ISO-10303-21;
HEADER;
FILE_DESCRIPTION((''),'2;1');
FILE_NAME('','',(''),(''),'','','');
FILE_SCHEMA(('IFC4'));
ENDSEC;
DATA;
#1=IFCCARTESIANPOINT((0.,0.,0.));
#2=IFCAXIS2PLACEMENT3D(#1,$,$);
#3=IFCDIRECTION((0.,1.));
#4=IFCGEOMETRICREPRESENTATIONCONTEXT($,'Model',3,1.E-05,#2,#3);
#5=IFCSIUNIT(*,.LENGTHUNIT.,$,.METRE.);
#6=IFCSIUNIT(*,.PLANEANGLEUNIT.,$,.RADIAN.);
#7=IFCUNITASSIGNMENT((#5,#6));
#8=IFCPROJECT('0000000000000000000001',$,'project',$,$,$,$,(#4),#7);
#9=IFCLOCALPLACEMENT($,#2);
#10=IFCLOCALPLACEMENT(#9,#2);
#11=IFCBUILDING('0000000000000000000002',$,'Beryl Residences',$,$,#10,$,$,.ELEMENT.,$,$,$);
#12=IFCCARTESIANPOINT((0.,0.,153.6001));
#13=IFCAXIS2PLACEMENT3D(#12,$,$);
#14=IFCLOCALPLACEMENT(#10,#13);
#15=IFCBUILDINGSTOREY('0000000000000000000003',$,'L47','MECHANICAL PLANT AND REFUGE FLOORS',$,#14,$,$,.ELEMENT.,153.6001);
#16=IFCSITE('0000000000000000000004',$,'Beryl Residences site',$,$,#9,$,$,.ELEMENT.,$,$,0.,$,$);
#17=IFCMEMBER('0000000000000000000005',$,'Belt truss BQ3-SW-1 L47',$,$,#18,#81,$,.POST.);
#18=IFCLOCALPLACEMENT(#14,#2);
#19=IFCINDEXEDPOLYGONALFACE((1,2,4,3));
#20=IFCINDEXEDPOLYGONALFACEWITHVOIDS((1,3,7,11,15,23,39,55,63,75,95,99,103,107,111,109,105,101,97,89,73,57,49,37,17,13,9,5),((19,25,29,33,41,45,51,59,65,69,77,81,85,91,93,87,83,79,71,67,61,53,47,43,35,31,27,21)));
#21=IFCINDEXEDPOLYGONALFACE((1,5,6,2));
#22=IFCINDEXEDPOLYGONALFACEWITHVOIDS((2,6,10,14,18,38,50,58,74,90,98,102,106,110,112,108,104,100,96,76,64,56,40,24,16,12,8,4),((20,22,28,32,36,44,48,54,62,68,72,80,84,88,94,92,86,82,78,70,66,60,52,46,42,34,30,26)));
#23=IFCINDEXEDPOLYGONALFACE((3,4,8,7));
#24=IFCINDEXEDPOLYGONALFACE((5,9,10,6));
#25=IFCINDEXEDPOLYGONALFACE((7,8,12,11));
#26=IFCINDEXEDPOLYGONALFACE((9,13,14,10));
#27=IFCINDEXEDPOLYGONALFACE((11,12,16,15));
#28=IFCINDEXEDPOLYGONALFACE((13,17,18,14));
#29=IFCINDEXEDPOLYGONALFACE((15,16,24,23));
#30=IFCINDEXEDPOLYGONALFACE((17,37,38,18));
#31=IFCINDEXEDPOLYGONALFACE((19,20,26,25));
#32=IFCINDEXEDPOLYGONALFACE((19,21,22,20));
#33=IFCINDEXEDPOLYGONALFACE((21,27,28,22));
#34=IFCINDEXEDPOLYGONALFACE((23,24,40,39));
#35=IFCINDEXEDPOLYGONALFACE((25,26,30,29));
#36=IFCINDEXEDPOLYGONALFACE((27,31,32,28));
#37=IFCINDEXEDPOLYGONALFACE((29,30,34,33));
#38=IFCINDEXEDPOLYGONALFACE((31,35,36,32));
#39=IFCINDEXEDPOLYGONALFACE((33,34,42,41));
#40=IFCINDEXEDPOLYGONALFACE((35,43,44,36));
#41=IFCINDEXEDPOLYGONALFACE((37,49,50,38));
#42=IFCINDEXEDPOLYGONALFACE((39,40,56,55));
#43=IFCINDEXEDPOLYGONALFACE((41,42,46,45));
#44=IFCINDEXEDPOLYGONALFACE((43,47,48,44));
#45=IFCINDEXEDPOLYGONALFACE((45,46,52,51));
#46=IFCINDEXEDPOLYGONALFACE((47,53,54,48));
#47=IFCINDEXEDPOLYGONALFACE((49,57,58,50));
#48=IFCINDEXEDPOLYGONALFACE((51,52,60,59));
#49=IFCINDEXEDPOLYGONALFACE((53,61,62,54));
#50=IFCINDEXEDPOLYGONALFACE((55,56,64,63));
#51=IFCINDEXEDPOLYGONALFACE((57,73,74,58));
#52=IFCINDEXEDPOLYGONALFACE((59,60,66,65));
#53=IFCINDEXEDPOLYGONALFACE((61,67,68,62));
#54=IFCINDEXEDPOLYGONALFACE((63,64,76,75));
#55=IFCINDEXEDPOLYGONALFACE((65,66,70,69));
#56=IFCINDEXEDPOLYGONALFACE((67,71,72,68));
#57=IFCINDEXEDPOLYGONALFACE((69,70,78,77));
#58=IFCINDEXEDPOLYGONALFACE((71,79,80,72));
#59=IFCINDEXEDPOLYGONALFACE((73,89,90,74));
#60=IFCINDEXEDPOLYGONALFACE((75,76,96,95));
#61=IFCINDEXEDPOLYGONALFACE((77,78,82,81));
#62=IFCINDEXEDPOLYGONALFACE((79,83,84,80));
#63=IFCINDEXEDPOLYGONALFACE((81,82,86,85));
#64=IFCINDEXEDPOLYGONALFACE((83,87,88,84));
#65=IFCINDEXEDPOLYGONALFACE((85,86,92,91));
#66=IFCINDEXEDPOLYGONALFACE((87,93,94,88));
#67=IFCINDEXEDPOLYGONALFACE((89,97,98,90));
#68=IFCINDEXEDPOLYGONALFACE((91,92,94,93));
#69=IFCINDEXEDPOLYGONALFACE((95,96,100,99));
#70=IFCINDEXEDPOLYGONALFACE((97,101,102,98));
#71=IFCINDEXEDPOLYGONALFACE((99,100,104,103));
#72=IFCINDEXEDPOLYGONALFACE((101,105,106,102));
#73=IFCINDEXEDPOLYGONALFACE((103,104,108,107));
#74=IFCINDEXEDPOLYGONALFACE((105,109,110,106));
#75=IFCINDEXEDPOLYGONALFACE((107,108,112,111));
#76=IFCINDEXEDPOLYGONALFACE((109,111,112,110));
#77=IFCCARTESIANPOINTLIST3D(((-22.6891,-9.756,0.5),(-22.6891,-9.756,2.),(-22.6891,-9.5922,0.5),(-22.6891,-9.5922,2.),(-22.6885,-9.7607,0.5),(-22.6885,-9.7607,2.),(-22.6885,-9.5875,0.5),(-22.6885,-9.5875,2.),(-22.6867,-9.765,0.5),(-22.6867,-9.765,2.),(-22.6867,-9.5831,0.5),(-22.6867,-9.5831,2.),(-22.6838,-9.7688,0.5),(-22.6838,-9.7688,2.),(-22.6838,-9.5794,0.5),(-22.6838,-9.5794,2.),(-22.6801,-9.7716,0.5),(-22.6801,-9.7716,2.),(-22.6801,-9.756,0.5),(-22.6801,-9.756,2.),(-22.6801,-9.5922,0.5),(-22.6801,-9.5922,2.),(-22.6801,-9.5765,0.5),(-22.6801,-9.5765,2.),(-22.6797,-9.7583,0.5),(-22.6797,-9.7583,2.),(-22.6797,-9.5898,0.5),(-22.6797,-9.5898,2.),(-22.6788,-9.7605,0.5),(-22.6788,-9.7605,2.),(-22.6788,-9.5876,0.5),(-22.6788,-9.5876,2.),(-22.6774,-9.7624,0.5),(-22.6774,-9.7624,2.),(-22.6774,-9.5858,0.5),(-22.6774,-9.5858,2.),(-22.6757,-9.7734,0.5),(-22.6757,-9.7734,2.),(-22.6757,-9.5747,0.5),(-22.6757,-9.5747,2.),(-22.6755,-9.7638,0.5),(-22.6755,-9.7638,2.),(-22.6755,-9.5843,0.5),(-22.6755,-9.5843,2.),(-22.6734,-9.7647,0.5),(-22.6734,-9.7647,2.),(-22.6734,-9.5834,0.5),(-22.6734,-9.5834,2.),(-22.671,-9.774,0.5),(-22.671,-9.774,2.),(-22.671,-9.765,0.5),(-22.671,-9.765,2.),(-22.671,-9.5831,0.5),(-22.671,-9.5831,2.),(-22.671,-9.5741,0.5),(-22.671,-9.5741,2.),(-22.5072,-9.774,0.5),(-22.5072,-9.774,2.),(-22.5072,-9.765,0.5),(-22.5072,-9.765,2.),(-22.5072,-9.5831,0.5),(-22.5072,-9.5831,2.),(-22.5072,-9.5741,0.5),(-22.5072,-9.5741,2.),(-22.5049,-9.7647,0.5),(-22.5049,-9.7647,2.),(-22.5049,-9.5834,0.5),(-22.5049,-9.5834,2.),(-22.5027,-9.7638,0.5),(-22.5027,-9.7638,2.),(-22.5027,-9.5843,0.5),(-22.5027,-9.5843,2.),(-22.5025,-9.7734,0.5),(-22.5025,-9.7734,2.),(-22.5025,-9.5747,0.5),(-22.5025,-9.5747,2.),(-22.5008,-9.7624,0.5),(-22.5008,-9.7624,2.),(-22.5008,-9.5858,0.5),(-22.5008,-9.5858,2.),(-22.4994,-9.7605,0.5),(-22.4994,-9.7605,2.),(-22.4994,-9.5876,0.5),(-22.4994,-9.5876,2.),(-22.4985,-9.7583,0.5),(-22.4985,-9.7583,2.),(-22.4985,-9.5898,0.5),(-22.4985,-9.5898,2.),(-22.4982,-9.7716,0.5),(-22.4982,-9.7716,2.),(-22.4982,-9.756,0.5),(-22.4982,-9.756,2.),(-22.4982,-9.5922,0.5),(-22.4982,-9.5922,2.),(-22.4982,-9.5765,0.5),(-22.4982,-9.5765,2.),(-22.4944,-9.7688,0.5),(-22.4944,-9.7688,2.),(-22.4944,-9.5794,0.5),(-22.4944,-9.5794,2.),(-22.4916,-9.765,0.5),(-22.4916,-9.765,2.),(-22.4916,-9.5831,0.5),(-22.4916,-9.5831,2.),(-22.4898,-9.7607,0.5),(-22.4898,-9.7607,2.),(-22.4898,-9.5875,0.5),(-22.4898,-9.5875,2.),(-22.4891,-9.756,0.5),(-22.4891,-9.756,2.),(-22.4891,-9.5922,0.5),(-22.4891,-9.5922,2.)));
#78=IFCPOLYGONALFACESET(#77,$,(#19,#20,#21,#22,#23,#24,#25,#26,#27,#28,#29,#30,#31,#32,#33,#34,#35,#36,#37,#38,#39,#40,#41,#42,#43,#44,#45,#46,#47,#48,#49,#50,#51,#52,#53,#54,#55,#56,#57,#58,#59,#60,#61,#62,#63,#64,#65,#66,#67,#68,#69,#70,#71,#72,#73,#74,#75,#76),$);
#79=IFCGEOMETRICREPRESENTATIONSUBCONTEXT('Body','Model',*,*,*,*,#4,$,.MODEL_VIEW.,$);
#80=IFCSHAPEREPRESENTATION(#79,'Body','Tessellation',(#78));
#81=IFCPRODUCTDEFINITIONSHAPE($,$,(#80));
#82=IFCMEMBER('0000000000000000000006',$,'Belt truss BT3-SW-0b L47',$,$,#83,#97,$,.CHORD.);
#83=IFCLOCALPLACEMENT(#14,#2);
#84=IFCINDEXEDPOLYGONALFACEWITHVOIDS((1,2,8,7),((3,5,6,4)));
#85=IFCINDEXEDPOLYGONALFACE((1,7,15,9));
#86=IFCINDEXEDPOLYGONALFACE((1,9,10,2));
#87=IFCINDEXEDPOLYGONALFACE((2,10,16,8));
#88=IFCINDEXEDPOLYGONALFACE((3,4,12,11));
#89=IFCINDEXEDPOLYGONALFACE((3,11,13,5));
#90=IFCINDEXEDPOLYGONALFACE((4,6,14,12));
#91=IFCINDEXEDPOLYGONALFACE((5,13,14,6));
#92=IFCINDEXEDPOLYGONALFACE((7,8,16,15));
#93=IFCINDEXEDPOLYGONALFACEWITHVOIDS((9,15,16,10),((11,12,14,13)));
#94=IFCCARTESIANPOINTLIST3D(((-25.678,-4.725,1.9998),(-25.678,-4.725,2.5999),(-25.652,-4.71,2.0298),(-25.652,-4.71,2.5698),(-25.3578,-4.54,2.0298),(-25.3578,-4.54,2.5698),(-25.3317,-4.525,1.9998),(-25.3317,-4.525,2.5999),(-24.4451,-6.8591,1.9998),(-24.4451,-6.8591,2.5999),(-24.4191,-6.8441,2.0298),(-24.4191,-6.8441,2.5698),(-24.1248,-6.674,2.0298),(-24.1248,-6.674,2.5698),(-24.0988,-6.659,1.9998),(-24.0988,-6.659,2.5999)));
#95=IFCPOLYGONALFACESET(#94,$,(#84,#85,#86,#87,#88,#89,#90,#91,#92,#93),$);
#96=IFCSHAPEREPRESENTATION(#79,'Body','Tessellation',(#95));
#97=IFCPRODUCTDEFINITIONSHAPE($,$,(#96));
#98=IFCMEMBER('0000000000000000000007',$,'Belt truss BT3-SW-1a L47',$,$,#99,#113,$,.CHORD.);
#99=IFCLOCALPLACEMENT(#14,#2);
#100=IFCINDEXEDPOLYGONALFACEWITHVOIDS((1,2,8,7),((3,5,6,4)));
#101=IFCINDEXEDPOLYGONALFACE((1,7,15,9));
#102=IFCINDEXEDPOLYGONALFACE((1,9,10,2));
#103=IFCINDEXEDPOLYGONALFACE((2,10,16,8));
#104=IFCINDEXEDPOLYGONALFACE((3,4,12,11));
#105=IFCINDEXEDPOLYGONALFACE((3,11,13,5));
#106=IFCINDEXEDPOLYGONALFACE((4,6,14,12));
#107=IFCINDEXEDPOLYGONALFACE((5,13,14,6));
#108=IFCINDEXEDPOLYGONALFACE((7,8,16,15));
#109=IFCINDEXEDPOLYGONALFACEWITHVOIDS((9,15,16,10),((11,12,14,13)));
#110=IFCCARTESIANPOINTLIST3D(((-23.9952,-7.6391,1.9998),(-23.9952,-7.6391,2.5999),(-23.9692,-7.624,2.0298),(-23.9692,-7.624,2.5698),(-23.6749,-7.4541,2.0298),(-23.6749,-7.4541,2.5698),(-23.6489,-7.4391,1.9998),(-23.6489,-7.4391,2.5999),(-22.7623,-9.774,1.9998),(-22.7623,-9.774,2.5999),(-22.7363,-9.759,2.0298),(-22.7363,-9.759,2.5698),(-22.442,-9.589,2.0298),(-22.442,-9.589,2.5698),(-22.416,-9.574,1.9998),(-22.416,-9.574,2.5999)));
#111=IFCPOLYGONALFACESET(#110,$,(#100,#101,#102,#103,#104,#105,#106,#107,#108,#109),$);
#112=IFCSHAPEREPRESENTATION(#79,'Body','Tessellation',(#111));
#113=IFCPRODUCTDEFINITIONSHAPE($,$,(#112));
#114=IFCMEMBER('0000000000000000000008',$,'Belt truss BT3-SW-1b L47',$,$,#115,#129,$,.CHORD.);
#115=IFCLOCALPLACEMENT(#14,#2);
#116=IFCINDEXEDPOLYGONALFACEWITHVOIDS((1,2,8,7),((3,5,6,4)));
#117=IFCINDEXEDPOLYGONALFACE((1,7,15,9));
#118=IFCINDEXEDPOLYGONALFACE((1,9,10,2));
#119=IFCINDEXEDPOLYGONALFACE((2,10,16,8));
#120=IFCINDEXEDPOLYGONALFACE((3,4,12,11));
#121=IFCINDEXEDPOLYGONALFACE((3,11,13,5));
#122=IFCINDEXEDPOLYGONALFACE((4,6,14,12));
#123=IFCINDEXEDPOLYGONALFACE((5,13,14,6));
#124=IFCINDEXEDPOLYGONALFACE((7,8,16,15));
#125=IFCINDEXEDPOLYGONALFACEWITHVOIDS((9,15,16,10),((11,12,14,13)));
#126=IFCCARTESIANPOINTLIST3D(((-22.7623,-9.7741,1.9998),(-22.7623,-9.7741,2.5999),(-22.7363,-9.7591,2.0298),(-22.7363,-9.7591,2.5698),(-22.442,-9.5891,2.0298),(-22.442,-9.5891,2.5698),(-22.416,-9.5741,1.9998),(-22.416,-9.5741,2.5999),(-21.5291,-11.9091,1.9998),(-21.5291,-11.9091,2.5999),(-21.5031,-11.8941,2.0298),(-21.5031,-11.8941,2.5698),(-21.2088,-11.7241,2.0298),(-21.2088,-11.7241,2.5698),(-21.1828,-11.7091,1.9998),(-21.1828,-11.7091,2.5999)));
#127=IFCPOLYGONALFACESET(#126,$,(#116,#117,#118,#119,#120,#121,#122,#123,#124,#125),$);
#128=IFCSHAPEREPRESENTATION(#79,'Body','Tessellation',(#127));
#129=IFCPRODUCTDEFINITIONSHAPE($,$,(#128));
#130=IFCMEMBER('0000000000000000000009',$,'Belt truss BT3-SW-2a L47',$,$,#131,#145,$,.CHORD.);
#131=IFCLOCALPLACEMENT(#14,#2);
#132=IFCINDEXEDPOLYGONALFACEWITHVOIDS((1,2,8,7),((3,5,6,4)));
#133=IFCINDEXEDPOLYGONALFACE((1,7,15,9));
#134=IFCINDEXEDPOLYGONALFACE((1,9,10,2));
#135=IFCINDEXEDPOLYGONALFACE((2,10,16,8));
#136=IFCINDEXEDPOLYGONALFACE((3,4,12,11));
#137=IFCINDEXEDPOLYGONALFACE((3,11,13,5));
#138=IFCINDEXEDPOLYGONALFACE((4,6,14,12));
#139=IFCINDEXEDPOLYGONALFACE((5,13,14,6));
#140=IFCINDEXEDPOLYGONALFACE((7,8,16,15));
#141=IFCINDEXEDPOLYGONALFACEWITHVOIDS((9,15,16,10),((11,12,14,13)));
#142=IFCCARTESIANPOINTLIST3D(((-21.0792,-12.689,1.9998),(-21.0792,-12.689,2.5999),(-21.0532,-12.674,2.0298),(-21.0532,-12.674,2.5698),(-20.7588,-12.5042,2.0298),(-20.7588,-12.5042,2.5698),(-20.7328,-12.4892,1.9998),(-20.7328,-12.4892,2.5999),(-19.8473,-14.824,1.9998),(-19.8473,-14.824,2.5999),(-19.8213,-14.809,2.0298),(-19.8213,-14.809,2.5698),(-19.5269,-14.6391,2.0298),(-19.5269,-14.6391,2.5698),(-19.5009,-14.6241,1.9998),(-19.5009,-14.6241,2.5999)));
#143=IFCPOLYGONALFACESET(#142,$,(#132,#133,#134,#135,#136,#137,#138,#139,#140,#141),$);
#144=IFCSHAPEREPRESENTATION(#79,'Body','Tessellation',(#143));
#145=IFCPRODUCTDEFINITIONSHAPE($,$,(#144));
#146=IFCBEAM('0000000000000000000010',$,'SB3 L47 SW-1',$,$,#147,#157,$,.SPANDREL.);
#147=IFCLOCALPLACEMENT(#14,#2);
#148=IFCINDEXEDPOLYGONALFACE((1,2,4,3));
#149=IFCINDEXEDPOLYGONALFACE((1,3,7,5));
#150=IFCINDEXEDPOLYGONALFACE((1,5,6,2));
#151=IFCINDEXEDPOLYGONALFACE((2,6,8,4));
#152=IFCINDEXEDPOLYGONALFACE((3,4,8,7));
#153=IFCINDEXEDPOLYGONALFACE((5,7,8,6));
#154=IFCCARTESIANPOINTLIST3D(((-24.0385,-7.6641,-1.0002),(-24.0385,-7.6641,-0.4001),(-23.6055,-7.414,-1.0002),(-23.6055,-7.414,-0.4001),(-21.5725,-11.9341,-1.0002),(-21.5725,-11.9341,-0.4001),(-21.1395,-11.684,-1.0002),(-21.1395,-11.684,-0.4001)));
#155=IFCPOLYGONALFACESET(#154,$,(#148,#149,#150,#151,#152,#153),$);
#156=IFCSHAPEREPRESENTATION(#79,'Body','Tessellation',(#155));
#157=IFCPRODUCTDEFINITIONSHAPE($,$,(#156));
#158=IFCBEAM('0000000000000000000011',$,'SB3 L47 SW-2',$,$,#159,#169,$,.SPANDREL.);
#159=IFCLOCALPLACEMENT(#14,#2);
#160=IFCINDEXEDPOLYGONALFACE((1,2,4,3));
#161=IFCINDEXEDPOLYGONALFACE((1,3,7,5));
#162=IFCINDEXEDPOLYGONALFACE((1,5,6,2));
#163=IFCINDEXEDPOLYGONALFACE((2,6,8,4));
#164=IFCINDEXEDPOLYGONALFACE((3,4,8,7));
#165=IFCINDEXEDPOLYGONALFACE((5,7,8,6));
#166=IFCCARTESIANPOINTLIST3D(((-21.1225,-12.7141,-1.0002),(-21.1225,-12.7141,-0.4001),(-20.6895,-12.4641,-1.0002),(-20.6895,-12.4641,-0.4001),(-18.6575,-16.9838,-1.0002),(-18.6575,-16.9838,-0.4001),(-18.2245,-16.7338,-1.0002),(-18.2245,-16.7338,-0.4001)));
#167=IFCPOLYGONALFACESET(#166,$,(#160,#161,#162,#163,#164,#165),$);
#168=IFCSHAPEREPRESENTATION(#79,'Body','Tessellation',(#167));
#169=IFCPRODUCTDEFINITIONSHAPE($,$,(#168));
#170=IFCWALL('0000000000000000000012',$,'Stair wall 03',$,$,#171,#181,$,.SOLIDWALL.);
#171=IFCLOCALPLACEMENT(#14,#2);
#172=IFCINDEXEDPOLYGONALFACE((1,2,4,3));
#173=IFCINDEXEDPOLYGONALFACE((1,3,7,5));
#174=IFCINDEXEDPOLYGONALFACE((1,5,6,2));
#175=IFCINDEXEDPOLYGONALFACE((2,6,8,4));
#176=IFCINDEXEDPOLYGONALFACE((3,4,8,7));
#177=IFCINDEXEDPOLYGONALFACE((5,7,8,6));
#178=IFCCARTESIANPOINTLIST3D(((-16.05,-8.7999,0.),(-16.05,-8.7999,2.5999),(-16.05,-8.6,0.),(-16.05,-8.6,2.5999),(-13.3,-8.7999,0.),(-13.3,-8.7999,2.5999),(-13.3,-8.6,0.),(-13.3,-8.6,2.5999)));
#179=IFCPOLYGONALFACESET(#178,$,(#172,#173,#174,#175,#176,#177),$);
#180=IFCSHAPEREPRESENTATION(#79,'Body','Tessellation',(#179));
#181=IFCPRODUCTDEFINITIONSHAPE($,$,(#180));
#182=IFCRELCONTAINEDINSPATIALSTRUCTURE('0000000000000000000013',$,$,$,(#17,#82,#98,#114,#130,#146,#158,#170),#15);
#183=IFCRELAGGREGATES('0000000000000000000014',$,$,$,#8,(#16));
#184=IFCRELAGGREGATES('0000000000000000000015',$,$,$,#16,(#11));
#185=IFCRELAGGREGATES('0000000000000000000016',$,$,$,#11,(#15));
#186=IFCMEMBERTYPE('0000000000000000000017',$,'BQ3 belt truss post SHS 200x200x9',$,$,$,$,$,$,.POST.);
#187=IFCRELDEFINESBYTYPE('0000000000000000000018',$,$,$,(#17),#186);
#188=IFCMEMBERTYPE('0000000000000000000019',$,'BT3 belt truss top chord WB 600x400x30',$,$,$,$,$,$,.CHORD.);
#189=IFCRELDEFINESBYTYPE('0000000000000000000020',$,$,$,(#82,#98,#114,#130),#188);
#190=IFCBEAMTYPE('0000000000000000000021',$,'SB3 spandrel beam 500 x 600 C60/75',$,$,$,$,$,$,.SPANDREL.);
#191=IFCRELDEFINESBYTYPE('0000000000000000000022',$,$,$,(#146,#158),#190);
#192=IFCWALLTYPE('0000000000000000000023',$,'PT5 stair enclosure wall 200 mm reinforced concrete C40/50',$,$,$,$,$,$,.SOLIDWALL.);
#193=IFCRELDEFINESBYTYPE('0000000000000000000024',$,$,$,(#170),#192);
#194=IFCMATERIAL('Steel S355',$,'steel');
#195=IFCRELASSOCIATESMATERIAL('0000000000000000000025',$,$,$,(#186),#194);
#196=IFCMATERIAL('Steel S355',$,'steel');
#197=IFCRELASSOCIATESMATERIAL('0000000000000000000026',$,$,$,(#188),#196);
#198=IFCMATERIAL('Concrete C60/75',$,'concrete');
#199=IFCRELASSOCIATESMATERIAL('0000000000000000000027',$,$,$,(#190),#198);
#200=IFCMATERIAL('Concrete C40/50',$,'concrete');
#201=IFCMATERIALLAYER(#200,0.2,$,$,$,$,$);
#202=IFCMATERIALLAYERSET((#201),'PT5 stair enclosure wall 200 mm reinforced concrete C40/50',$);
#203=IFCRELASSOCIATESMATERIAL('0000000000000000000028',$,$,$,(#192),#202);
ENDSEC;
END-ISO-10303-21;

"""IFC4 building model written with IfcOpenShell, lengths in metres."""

from ifc_helpers import new_model, si_unit, direction, frame, frame_2d, origin, origin_2d, place, context, subcontext, project, spatial, rectangle, hollow_rectangle, extrude, material, layer, layer_set, material_profile, profile_set, type_object, element, save


model = new_model("IFC4")

# Units and contexts
model_context = context("Model", 3, precision=1e-05, world=origin(), true_north=direction((0.0, 1.0)))
body_context = subcontext(model_context, "Body", "Model", "MODEL_VIEW")
ifc_project = project(units=[si_unit("LENGTHUNIT", "METRE"), si_unit("PLANEANGLEUNIT", "RADIAN")], contexts=[model_context])

# Site, building, storey
site_placement = place(None, origin())
site = spatial("IfcSite", under=ifc_project, at=site_placement, Name="Beryl Residences site", CompositionType="ELEMENT", RefElevation=0.0)
building_placement = place(site_placement, origin())
building = spatial("IfcBuilding", under=site, at=building_placement, Name="Beryl Residences", CompositionType="ELEMENT")
storey_placement = place(building_placement, frame((0.0, 0.0, 153.6001)))
storey = spatial("IfcBuildingStorey", under=building, at=storey_placement, Name="L47", Description="MECHANICAL PLANT AND REFUGE FLOORS", CompositionType="ELEMENT", Elevation=153.6001)

# Members
ifc_material_1 = material(Name="Steel S355", Category="steel")
ifc_material_profile_1 = material_profile(ifc_material_1, hollow_rectangle(XDim=0.2, YDim=0.2, WallThickness=0.009, InnerFilletRadius=0.009, OuterFilletRadius=0.0181, at=origin_2d()))
ifc_profile_set_1 = profile_set([ifc_material_profile_1], Name="Steel S355")
member_type_1 = type_object("IfcMemberType", Name="BQ3 belt truss post SHS 200x200x9", PredefinedType="POST", material=ifc_profile_set_1)
for number, where, z_axis, x_axis, name in (
    (1, (-22.5891, -9.6741, 0.5), (0.0, 0.0, 1.0), (1.0, 0.0, 0.0), "Belt truss BQ3-SW-1 L47"),
):
    element("IfcMember", number, at=place(storey_placement, frame(where, z_axis=z_axis, x_axis=x_axis)), inside=storey, type_object=member_type_1, Name=name, PredefinedType="POST", context=body_context, shape_type="SweptSolid", body=[
        extrude(hollow_rectangle(XDim=0.2, YDim=0.2, WallThickness=0.009, InnerFilletRadius=0.009, OuterFilletRadius=0.0181, at=origin_2d()), origin(), (0.0, 0.0, 1.0), 1.5),
    ])
ifc_material_2 = material(Name="Steel S355", Category="steel")
ifc_material_profile_2 = material_profile(ifc_material_2, hollow_rectangle(XDim=0.3999, YDim=0.6001, WallThickness=0.03, at=origin_2d()))
ifc_profile_set_2 = profile_set([ifc_material_profile_2], Name="Steel S355")
member_type_2 = type_object("IfcMemberType", Name="BT3 belt truss top chord WB 600x400x30", PredefinedType="CHORD", material=ifc_profile_set_2)
member_1_placement = place(storey_placement, frame((-25.5049, -4.625, 2.2998), z_axis=(0.500251, -0.86588, 0.0), x_axis=(0.86588, 0.500251, 0.0)))
element("IfcMember", 2, at=member_1_placement, inside=storey, type_object=member_type_2, Name="Belt truss BT3-SW-0b L47", PredefinedType="CHORD", context=body_context, shape_type="SweptSolid", body=[
    extrude(hollow_rectangle(XDim=0.3999, YDim=0.6001, WallThickness=0.03, at=origin_2d()), origin(), (0.0, 0.0, 1.0), 2.4646),
])
member_2_placement = place(storey_placement, frame((-23.822, -7.5391, 2.2998), z_axis=(0.50008, -0.865979, 0.0), x_axis=(0.865979, 0.50008, 0.0)))
element("IfcMember", 3, at=member_2_placement, inside=storey, type_object=member_type_2, Name="Belt truss BT3-SW-1a L47", PredefinedType="CHORD", context=body_context, shape_type="SweptSolid", body=[
    extrude(hollow_rectangle(XDim=0.3999, YDim=0.6001, WallThickness=0.03, at=origin_2d()), origin(), (0.0, 0.0, 1.0), 2.4653),
])
member_3_placement = place(storey_placement, frame((-22.5891, -9.6741, 2.2998), z_axis=(0.500154, -0.865937, 0.0), x_axis=(0.865937, 0.500154, 0.0)))
element("IfcMember", 4, at=member_3_placement, inside=storey, type_object=member_type_2, Name="Belt truss BT3-SW-1b L47", PredefinedType="CHORD", context=body_context, shape_type="SweptSolid", body=[
    extrude(hollow_rectangle(XDim=0.3999, YDim=0.6001, WallThickness=0.03, at=origin_2d()), origin(), (0.0, 0.0, 1.0), 2.4656),
])
member_4_placement = place(storey_placement, frame((-20.906, -12.5891, 2.2998), z_axis=(0.499782, -0.866151, 0.0), x_axis=(0.866151, 0.499782, 0.0)))
element("IfcMember", 5, at=member_4_placement, inside=storey, type_object=member_type_2, Name="Belt truss BT3-SW-2a L47", PredefinedType="CHORD", context=body_context, shape_type="SweptSolid", body=[
    extrude(hollow_rectangle(XDim=0.3999, YDim=0.6001, WallThickness=0.03, at=origin_2d()), origin(), (0.0, 0.0, 1.0), 2.4648),
])

# Beams
ifc_material_3 = material(Name="Concrete C60/75", Category="concrete")
ifc_material_profile_3 = material_profile(ifc_material_3, rectangle(XDim=0.5, YDim=0.6001, at=origin_2d()))
ifc_profile_set_3 = profile_set([ifc_material_profile_3], Name="Concrete C60/75")
beam_type = type_object("IfcBeamType", Name="SB3 spandrel beam 500 x 600 C60/75", PredefinedType="SPANDREL", material=ifc_profile_set_3)
beam_1_placement = place(storey_placement, frame((-23.822, -7.5391, -0.7002), z_axis=(0.500117, -0.865958, 0.0), x_axis=(0.865958, 0.500117, 0.0)))
element("IfcBeam", 6, at=beam_1_placement, inside=storey, type_object=beam_type, Name="SB3 L47 SW-1", PredefinedType="SPANDREL", context=body_context, shape_type="SweptSolid", body=[
    extrude(rectangle(XDim=0.5, YDim=0.6001, at=origin_2d()), origin(), (0.0, 0.0, 1.0), 4.9309),
])
beam_2_placement = place(storey_placement, frame((-20.906, -12.5891, -0.7002), z_axis=(0.49999, -0.866031, 0.0), x_axis=(0.866031, 0.49999, 0.0)))
element("IfcBeam", 7, at=beam_2_placement, inside=storey, type_object=beam_type, Name="SB3 L47 SW-2", PredefinedType="SPANDREL", context=body_context, shape_type="SweptSolid", body=[
    extrude(rectangle(XDim=0.5, YDim=0.6001, at=origin_2d()), origin(), (0.0, 0.0, 1.0), 4.9302),
])

# Wall
ifc_material_4 = material(Name="Concrete C40/50", Category="concrete")
ifc_layer_1 = layer(ifc_material_4, 0.2)
ifc_layer_set_1 = layer_set([ifc_layer_1], Name="PT5 stair enclosure wall 200 mm reinforced concrete C40/50")
wall_type_1 = type_object("IfcWallType", Name="PT5 stair enclosure wall 200 mm reinforced concrete C40/50", PredefinedType="SOLIDWALL", material=ifc_layer_set_1)
wall_1_placement = place(storey_placement, frame((-16.05, -8.7, 0.0), z_axis=(0.0, 0.0, 1.0), x_axis=(1.0, 0.0, 0.0)))
element("IfcWall", 8, at=wall_1_placement, inside=storey, type_object=wall_type_1, Name="Stair wall 03", PredefinedType="SOLIDWALL", context=body_context, shape_type="SweptSolid", body=[
    extrude(rectangle(XDim=2.75, YDim=0.2, at=frame_2d((1.375, 0.0))), origin(), (0.0, 0.0, 1.0), 2.5999),
])

save(model, "model.ifc")
